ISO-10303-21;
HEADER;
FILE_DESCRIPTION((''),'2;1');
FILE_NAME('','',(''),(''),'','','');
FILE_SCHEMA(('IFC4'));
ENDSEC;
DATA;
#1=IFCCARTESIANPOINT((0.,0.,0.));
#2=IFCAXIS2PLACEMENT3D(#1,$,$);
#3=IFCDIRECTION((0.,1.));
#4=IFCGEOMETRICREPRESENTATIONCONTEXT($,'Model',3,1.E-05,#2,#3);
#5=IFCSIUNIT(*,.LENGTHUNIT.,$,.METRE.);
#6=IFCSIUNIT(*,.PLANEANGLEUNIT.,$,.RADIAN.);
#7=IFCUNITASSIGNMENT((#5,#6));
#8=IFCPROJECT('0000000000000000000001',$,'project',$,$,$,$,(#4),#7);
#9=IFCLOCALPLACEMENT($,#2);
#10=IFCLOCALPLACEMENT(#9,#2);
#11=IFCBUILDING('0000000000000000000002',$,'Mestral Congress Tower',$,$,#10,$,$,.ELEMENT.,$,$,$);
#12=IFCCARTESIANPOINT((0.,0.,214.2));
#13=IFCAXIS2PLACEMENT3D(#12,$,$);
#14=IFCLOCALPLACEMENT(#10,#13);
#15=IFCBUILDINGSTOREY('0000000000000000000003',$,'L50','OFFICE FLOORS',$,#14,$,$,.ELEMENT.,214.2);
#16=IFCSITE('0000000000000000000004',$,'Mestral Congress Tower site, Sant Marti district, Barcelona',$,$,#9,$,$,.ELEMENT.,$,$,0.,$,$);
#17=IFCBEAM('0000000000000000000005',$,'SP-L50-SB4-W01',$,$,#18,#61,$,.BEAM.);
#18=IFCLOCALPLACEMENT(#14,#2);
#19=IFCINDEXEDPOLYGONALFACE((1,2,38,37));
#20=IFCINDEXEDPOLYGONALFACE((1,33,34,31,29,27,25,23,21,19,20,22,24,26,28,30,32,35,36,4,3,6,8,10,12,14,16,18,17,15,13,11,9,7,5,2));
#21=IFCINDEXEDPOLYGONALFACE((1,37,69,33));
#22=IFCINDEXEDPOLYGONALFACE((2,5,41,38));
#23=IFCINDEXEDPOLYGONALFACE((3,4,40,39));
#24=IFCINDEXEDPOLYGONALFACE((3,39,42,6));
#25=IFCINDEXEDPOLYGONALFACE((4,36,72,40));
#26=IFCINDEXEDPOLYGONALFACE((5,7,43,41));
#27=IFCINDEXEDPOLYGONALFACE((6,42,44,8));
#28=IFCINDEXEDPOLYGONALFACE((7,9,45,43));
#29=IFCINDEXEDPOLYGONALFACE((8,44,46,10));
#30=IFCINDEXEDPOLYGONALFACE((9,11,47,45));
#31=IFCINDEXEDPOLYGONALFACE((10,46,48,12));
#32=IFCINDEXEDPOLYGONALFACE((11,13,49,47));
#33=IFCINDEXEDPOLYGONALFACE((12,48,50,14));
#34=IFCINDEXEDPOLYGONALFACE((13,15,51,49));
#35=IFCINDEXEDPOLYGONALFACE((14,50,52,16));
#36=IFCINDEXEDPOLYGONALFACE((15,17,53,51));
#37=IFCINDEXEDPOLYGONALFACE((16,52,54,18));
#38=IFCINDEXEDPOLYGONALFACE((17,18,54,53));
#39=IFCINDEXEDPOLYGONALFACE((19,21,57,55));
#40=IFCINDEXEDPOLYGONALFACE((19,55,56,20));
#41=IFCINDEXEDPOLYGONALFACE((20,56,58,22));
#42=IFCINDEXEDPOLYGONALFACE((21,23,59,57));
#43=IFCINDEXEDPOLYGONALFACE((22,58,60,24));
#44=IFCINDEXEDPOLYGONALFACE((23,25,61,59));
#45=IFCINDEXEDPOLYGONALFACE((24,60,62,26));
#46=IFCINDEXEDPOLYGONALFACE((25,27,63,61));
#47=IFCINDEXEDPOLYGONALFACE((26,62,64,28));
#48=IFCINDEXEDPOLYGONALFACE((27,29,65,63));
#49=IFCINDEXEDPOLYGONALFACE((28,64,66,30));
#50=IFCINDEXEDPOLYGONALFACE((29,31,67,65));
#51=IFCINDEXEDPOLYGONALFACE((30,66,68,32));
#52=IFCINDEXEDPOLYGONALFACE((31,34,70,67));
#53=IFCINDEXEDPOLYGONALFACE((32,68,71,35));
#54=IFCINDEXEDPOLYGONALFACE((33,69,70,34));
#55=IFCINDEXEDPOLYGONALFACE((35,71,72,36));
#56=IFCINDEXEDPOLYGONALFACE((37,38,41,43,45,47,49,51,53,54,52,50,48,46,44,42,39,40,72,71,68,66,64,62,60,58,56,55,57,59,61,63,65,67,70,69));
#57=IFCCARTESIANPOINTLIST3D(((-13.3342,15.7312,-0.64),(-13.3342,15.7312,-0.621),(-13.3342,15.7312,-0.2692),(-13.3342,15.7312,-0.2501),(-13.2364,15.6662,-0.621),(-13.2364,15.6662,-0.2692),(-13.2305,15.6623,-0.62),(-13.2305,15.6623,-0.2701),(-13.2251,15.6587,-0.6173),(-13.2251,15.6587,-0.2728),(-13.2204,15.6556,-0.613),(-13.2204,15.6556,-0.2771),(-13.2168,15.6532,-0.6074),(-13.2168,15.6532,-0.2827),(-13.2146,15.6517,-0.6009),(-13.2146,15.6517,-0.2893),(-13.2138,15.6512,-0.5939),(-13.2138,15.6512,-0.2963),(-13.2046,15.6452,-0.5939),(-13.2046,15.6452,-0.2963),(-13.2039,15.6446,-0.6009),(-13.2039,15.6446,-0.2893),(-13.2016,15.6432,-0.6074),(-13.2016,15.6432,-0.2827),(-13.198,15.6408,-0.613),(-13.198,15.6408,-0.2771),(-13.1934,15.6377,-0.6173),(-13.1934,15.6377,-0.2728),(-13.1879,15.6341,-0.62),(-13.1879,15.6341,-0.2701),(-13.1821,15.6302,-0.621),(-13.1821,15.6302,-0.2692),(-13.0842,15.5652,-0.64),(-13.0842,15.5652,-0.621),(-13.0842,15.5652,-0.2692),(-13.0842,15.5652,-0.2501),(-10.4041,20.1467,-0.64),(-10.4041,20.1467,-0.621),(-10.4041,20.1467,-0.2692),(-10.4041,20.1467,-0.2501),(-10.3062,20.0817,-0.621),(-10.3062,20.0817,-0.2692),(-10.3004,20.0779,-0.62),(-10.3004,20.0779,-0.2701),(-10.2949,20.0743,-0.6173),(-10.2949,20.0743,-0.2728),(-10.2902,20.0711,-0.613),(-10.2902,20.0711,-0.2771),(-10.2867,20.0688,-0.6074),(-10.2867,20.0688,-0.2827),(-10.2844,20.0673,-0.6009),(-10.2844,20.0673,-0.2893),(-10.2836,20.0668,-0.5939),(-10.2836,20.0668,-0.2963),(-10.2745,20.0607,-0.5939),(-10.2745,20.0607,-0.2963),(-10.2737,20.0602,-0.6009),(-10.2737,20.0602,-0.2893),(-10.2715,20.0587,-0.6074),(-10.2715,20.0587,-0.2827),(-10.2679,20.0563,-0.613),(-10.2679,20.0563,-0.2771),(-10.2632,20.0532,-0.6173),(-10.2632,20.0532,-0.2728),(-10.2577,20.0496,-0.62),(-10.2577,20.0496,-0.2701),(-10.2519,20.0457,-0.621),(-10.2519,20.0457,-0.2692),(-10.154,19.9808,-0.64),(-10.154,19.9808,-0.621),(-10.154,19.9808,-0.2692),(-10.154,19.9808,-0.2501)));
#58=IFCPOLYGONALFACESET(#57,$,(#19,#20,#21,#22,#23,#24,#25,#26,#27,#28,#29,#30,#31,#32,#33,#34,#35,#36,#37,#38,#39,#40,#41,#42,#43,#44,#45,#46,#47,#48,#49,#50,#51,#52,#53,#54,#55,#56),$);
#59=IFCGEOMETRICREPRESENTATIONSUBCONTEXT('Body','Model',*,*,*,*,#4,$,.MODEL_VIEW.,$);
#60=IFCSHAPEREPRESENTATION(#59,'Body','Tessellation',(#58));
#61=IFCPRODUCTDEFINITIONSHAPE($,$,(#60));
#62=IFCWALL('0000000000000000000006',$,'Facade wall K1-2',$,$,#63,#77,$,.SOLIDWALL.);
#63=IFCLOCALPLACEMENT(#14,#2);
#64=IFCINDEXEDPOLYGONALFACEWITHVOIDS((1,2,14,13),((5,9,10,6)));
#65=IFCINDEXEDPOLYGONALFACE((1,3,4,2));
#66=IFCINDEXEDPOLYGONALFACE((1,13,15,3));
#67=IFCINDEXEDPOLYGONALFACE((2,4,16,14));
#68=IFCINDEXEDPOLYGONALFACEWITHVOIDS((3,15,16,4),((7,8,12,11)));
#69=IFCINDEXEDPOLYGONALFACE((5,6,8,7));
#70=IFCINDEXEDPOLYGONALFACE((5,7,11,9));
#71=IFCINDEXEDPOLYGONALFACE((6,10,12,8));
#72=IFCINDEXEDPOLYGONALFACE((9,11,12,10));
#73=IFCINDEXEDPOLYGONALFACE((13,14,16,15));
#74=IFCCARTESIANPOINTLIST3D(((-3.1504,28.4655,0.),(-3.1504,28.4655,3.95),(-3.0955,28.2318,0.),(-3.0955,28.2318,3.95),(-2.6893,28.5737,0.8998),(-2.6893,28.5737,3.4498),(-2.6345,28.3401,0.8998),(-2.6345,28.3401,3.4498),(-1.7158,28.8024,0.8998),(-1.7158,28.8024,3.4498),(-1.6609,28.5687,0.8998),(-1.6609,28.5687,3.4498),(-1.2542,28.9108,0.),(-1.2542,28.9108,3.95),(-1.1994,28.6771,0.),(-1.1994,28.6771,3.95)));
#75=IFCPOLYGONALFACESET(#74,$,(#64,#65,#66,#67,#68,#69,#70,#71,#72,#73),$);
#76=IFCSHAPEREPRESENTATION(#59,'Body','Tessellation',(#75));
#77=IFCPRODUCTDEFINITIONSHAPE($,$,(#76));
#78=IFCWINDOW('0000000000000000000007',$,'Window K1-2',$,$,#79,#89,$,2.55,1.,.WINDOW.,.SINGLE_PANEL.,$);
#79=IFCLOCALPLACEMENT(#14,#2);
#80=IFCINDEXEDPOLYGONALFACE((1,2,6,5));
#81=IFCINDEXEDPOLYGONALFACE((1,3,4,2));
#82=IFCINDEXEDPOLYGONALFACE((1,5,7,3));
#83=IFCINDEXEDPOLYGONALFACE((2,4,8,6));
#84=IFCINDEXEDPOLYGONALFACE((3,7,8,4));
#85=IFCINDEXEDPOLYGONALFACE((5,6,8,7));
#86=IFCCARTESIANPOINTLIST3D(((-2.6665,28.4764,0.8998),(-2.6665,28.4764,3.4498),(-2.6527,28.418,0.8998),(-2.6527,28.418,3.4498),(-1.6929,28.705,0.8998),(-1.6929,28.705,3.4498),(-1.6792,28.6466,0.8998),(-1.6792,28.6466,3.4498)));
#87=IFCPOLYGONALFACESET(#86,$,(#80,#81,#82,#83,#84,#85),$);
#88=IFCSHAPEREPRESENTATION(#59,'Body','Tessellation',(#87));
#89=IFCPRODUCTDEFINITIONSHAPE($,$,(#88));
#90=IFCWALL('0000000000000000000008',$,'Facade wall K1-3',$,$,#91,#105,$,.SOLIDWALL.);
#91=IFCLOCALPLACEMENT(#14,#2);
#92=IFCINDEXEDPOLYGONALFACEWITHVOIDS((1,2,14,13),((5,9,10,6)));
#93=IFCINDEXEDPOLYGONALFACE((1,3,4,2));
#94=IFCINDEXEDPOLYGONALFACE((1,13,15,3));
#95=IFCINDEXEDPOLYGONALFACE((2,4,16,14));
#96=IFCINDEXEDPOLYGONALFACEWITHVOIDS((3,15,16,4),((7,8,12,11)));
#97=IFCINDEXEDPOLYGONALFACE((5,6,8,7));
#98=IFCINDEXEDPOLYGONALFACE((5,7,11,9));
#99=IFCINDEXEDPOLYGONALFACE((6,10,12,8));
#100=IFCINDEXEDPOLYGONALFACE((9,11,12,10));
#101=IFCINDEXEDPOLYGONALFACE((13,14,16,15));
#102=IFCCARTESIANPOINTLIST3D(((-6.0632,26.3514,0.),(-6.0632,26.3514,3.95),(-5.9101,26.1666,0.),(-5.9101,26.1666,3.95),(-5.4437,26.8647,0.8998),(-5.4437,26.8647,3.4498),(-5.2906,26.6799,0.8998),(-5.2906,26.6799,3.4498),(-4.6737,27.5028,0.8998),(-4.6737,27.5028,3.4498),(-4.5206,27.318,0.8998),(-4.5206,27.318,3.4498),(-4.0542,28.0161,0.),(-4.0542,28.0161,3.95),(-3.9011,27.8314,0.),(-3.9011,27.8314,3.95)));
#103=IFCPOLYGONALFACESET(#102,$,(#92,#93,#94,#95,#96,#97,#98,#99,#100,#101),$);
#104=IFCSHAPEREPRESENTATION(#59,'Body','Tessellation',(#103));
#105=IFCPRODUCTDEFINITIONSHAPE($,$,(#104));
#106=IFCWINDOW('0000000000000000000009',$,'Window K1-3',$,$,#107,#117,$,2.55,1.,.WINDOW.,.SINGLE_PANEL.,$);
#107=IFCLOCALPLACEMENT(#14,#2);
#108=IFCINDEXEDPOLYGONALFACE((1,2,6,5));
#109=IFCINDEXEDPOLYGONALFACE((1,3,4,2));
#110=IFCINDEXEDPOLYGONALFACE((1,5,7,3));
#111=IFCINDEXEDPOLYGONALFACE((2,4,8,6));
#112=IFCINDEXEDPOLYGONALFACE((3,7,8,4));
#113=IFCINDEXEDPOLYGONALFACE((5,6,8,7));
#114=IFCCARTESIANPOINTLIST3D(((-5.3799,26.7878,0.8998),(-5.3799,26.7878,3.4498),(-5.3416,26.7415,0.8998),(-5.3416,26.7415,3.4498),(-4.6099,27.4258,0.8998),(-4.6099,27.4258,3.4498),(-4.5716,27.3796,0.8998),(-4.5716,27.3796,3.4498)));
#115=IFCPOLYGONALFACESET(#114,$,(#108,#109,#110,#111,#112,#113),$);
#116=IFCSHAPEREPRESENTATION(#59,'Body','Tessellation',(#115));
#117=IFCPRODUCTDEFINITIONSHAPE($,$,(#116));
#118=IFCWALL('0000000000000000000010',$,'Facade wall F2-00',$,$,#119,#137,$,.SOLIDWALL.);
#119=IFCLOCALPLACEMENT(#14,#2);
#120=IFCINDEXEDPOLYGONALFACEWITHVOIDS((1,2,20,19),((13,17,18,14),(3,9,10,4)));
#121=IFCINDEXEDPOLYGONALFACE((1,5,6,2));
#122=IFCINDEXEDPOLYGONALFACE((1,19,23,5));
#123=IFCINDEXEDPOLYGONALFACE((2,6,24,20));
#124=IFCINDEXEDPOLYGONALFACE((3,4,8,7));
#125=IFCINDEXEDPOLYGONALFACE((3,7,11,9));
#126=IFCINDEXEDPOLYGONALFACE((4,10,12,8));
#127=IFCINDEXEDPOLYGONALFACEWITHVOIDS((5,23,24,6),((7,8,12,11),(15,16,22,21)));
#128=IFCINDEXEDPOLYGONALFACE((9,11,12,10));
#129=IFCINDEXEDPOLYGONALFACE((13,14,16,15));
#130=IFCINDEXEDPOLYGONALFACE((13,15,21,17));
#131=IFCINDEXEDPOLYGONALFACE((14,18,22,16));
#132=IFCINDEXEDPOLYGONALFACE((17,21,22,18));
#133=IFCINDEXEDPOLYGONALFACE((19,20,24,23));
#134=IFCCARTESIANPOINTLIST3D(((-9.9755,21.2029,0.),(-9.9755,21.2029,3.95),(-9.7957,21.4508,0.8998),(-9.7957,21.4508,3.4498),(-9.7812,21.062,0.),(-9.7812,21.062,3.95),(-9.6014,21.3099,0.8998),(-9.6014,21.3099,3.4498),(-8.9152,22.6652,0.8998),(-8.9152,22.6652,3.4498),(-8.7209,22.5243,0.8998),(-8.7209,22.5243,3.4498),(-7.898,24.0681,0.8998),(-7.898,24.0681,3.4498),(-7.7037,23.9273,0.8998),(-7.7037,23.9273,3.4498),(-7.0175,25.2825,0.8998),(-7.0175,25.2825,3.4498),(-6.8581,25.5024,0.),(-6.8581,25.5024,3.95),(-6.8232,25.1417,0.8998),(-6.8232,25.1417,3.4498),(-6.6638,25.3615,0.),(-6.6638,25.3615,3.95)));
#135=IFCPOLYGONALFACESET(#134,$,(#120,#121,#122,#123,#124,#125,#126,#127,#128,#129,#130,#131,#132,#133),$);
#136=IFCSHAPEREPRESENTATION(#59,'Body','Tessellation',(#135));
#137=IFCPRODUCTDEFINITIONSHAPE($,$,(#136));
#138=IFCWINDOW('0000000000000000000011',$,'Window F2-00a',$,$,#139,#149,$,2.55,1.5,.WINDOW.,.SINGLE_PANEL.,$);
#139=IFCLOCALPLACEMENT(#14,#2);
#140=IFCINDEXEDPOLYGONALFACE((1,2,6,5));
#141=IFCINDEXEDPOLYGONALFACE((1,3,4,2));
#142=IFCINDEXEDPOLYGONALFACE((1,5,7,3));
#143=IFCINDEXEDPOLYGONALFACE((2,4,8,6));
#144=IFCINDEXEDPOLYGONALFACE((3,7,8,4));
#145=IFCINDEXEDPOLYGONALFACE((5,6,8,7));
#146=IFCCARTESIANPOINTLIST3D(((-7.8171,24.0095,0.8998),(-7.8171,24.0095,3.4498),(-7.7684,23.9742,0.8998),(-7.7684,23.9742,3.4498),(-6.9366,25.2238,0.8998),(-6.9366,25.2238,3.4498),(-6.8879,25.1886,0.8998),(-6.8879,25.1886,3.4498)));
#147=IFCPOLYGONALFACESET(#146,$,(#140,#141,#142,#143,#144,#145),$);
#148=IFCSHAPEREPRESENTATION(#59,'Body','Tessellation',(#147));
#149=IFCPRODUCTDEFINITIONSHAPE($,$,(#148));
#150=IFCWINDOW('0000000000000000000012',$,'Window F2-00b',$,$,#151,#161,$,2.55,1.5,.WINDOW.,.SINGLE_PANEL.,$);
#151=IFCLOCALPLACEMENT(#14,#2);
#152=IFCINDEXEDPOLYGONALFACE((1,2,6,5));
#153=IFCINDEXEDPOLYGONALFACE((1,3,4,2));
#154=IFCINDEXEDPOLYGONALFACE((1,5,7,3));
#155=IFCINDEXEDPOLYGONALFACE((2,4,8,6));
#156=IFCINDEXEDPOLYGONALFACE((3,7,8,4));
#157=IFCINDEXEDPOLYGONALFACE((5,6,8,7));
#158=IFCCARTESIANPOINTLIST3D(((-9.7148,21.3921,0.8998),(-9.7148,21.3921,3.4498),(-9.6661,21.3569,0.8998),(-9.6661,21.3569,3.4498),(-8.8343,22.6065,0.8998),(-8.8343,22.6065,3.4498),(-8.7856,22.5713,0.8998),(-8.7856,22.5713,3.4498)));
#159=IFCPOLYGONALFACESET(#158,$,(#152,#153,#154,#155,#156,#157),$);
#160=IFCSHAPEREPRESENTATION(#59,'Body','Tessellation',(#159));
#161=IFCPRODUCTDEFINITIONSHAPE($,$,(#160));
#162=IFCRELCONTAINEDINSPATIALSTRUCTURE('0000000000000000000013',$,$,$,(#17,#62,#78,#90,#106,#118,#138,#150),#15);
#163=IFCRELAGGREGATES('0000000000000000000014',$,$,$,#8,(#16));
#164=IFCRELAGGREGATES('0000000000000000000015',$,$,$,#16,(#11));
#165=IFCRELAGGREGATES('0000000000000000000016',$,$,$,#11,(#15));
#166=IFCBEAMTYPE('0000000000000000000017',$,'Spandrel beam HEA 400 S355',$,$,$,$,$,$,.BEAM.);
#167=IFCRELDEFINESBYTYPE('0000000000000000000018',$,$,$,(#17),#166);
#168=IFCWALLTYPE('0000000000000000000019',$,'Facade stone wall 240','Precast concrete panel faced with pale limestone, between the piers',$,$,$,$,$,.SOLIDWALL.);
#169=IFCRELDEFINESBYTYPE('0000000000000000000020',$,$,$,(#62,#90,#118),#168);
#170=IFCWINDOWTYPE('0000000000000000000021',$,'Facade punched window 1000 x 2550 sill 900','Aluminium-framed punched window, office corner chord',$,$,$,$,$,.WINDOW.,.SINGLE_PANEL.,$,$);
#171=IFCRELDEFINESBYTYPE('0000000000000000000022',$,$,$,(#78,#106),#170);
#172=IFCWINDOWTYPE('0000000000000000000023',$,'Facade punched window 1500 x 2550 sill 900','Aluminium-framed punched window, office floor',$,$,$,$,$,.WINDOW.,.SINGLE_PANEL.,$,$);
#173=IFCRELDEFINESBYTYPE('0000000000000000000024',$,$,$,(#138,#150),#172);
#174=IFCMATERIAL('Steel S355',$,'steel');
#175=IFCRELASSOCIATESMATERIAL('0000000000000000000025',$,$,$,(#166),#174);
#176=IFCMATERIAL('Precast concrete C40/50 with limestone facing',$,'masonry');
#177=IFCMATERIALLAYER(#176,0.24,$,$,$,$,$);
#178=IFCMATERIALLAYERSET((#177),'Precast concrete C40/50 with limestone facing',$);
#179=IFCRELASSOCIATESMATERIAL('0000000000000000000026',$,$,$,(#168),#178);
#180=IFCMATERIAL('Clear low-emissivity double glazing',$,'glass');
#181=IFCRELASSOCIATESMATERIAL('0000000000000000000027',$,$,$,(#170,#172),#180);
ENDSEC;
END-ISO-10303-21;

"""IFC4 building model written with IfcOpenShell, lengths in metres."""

from ifc_helpers import new_model, si_unit, direction, frame, frame_2d, origin, origin_2d, place, context, subcontext, project, spatial, rectangle, i_section, extrude, material, layer, layer_set, material_profile, profile_set, type_object, element, fill, save


model = new_model("IFC4")

# Units and contexts
model_context = context("Model", 3, precision=1e-05, world=origin(), true_north=direction((0.0, 1.0)))
body_context = subcontext(model_context, "Body", "Model", "MODEL_VIEW")
ifc_project = project(units=[si_unit("LENGTHUNIT", "METRE"), si_unit("PLANEANGLEUNIT", "RADIAN")], contexts=[model_context])

# Site, building, storey
site_placement = place(None, origin())
site = spatial("IfcSite", under=ifc_project, at=site_placement, Name="Mestral Congress Tower site, Sant Marti district, Barcelona", CompositionType="ELEMENT", RefElevation=0.0)
building_placement = place(site_placement, origin())
building = spatial("IfcBuilding", under=site, at=building_placement, Name="Mestral Congress Tower", CompositionType="ELEMENT")
storey_placement = place(building_placement, frame((0.0, 0.0, 214.2)))
storey = spatial("IfcBuildingStorey", under=building, at=storey_placement, Name="L50", Description="OFFICE FLOORS", CompositionType="ELEMENT", Elevation=214.2)

# Beam
ifc_material_1 = material(Name="Steel S355", Category="steel")
ifc_material_profile_1 = material_profile(ifc_material_1, i_section(OverallWidth=0.3, OverallDepth=0.3899, WebThickness=0.011, FlangeThickness=0.019, FilletRadius=0.0271, at=origin_2d()), Name="HEA 400")
ifc_profile_set_1 = profile_set([ifc_material_profile_1], Name="Steel S355")
beam_type_1 = type_object("IfcBeamType", Name="Spandrel beam HEA 400 S355", PredefinedType="BEAM", material=ifc_profile_set_1)
beam_1_placement = place(storey_placement, frame((-10.2791, 20.0637, -0.4451), z_axis=(-0.552934, -0.833225, 0.0), x_axis=(0.833225, -0.552934, 0.0)))
element("IfcBeam", 1, at=beam_1_placement, inside=storey, type_object=beam_type_1, Name="SP-L50-SB4-W01", PredefinedType="BEAM", context=body_context, shape_type="SweptSolid", body=[
    extrude(i_section(OverallWidth=0.3, OverallDepth=0.3899, WebThickness=0.011, FlangeThickness=0.019, FilletRadius=0.0271, at=origin_2d()), origin(), (0.0, 0.0, 1.0), 5.2993),
])

# Walls, openings, windows
ifc_material_2 = material(Name="Precast concrete C40/50 with limestone facing", Category="masonry")
ifc_layer_1 = layer(ifc_material_2, 0.24)
ifc_layer_set_1 = layer_set([ifc_layer_1], Name="Precast concrete C40/50 with limestone facing")
wall_type_1 = type_object("IfcWallType", Name="Facade stone wall 240", Description="Precast concrete panel faced with pale limestone, between the piers", PredefinedType="SOLIDWALL", material=ifc_layer_set_1)
wall_1_placement = place(storey_placement, frame((-1.2268, 28.7939, 0.0), z_axis=(0.0, 0.0, 1.0), x_axis=(-0.973516, -0.22862, 0.0)))
wall_1 = element("IfcWall", 2, at=wall_1_placement, inside=storey, type_object=wall_type_1, Name="Facade wall K1-2", PredefinedType="SOLIDWALL", context=body_context, shape_type="SweptSolid", body=[
    extrude(rectangle(XDim=1.9478, YDim=0.24, at=frame_2d((0.9739, 0.0))), origin(), (0.0, 0.0, 1.0), 3.95),
])
opening_1_placement = place(wall_1_placement, frame((0.4741, 0.0, 0.8999)))
opening_1 = element("IfcOpeningElement", 3, at=opening_1_placement, cuts=wall_1, PredefinedType="OPENING", context=body_context, shape_type="SweptSolid", body=[
    extrude(rectangle(XDim=1.0, YDim=2.55, at=frame_2d((0.5, 1.2749))), frame((0.0, 0.1299, 0.0), z_axis=(0.0, -1.0, 0.0), x_axis=(1.0, 0.0, 0.0)), (0.0, 0.0, 1.0), 0.26),
])
ifc_material_3 = material(Name="Clear low-emissivity double glazing", Category="glass")
window_type_1 = type_object("IfcWindowType", Name="Facade punched window 1000 x 2550 sill 900", Description="Aluminium-framed punched window, office corner chord", PartitioningType="SINGLE_PANEL", PredefinedType="WINDOW", material=ifc_material_3)
window_1_placement = place(opening_1_placement, origin())
window_1 = element("IfcWindow", 4, at=window_1_placement, inside=storey, type_object=window_type_1, Name="Window K1-2", OverallHeight=2.55, OverallWidth=1.0, PartitioningType="SINGLE_PANEL", PredefinedType="WINDOW", context=body_context, shape_type="SweptSolid", body=[
    extrude(rectangle(XDim=1.0, YDim=2.55, at=frame_2d((0.5, 1.2749))), frame((0.0, 0.04, 0.0), z_axis=(0.0, -1.0, 0.0), x_axis=(1.0, 0.0, 0.0)), (0.0, 0.0, 1.0), 0.0601),
])
fill(opening_1, window_1)
wall_2_placement = place(storey_placement, frame((-3.9775, 27.9238, 0.0), z_axis=(0.0, 0.0, 1.0), x_axis=(-0.76999, -0.638056, 0.0)))
wall_2 = element("IfcWall", 5, at=wall_2_placement, inside=storey, type_object=wall_type_1, Name="Facade wall K1-3", PredefinedType="SOLIDWALL", context=body_context, shape_type="SweptSolid", body=[
    extrude(rectangle(XDim=2.6091, YDim=0.24, at=frame_2d((1.3047, 0.0))), origin(), (0.0, 0.0, 1.0), 3.95),
])
opening_2_placement = place(wall_2_placement, frame((0.8047, 0.0, 0.8999)))
opening_2 = element("IfcOpeningElement", 6, at=opening_2_placement, cuts=wall_2, PredefinedType="OPENING", context=body_context, shape_type="SweptSolid", body=[
    extrude(rectangle(XDim=1.0, YDim=2.55, at=frame_2d((0.5, 1.2749))), frame((0.0, 0.1299, 0.0), z_axis=(0.0, -1.0, 0.0), x_axis=(1.0, 0.0, 0.0)), (0.0, 0.0, 1.0), 0.26),
])
window_2_placement = place(opening_2_placement, origin())
window_2 = element("IfcWindow", 7, at=window_2_placement, inside=storey, type_object=window_type_1, Name="Window K1-3", OverallHeight=2.55, OverallWidth=1.0, PartitioningType="SINGLE_PANEL", PredefinedType="WINDOW", context=body_context, shape_type="SweptSolid", body=[
    extrude(rectangle(XDim=1.0, YDim=2.55, at=frame_2d((0.5, 1.2749))), frame((0.0, 0.04, 0.0), z_axis=(0.0, -1.0, 0.0), x_axis=(1.0, 0.0, 0.0)), (0.0, 0.0, 1.0), 0.0601),
])
fill(opening_2, window_2)

# Wall, openings, windows
wall_3_placement = place(storey_placement, frame((-6.761, 25.4319, 0.0), z_axis=(0.0, 0.0, 1.0), x_axis=(-0.586998, -0.809588, 0.0)))
wall_3 = element("IfcWall", 8, at=wall_3_placement, inside=storey, type_object=wall_type_1, Name="Facade wall F2-00", PredefinedType="SOLIDWALL", context=body_context, shape_type="SweptSolid", body=[
    extrude(rectangle(XDim=5.3108, YDim=0.24, at=frame_2d((2.6553, 0.0))), origin(), (0.0, 0.0, 1.0), 3.95),
])
opening_3_placement = place(wall_3_placement, frame((0.2715, 0.0, 0.8999)))
opening_3 = element("IfcOpeningElement", 9, at=opening_3_placement, cuts=wall_3, PredefinedType="OPENING", context=body_context, shape_type="SweptSolid", body=[
    extrude(rectangle(XDim=1.5, YDim=2.55, at=frame_2d((0.75, 1.2749))), frame((0.0, 0.1299, 0.0), z_axis=(0.0, -1.0, 0.0), x_axis=(1.0, 0.0, 0.0)), (0.0, 0.0, 1.0), 0.26),
])
opening_4_placement = place(wall_3_placement, frame((3.5044, 0.0, 0.8999)))
opening_4 = element("IfcOpeningElement", 10, at=opening_4_placement, cuts=wall_3, PredefinedType="OPENING", context=body_context, shape_type="SweptSolid", body=[
    extrude(rectangle(XDim=1.5, YDim=2.55, at=frame_2d((0.75, 1.2749))), frame((0.0, 0.1299, 0.0), z_axis=(0.0, -1.0, 0.0), x_axis=(1.0, 0.0, 0.0)), (0.0, 0.0, 1.0), 0.26),
])
window_type_2 = type_object("IfcWindowType", Name="Facade punched window 1500 x 2550 sill 900", Description="Aluminium-framed punched window, office floor", PartitioningType="SINGLE_PANEL", PredefinedType="WINDOW", material=ifc_material_3)
window_3_placement = place(opening_3_placement, origin())
window_3 = element("IfcWindow", 11, at=window_3_placement, inside=storey, type_object=window_type_2, Name="Window F2-00a", OverallHeight=2.55, OverallWidth=1.5, PartitioningType="SINGLE_PANEL", PredefinedType="WINDOW", context=body_context, shape_type="SweptSolid", body=[
    extrude(rectangle(XDim=1.5, YDim=2.55, at=frame_2d((0.75, 1.2749))), frame((0.0, 0.04, 0.0), z_axis=(0.0, -1.0, 0.0), x_axis=(1.0, 0.0, 0.0)), (0.0, 0.0, 1.0), 0.0601),
])
fill(opening_3, window_3)
window_4_placement = place(opening_4_placement, origin())
window_4 = element("IfcWindow", 12, at=window_4_placement, inside=storey, type_object=window_type_2, Name="Window F2-00b", OverallHeight=2.55, OverallWidth=1.5, PartitioningType="SINGLE_PANEL", PredefinedType="WINDOW", context=body_context, shape_type="SweptSolid", body=[
    extrude(rectangle(XDim=1.5, YDim=2.55, at=frame_2d((0.75, 1.2749))), frame((0.0, 0.04, 0.0), z_axis=(0.0, -1.0, 0.0), x_axis=(1.0, 0.0, 0.0)), (0.0, 0.0, 1.0), 0.0601),
])
fill(opening_4, window_4)

save(model, "model.ifc")
